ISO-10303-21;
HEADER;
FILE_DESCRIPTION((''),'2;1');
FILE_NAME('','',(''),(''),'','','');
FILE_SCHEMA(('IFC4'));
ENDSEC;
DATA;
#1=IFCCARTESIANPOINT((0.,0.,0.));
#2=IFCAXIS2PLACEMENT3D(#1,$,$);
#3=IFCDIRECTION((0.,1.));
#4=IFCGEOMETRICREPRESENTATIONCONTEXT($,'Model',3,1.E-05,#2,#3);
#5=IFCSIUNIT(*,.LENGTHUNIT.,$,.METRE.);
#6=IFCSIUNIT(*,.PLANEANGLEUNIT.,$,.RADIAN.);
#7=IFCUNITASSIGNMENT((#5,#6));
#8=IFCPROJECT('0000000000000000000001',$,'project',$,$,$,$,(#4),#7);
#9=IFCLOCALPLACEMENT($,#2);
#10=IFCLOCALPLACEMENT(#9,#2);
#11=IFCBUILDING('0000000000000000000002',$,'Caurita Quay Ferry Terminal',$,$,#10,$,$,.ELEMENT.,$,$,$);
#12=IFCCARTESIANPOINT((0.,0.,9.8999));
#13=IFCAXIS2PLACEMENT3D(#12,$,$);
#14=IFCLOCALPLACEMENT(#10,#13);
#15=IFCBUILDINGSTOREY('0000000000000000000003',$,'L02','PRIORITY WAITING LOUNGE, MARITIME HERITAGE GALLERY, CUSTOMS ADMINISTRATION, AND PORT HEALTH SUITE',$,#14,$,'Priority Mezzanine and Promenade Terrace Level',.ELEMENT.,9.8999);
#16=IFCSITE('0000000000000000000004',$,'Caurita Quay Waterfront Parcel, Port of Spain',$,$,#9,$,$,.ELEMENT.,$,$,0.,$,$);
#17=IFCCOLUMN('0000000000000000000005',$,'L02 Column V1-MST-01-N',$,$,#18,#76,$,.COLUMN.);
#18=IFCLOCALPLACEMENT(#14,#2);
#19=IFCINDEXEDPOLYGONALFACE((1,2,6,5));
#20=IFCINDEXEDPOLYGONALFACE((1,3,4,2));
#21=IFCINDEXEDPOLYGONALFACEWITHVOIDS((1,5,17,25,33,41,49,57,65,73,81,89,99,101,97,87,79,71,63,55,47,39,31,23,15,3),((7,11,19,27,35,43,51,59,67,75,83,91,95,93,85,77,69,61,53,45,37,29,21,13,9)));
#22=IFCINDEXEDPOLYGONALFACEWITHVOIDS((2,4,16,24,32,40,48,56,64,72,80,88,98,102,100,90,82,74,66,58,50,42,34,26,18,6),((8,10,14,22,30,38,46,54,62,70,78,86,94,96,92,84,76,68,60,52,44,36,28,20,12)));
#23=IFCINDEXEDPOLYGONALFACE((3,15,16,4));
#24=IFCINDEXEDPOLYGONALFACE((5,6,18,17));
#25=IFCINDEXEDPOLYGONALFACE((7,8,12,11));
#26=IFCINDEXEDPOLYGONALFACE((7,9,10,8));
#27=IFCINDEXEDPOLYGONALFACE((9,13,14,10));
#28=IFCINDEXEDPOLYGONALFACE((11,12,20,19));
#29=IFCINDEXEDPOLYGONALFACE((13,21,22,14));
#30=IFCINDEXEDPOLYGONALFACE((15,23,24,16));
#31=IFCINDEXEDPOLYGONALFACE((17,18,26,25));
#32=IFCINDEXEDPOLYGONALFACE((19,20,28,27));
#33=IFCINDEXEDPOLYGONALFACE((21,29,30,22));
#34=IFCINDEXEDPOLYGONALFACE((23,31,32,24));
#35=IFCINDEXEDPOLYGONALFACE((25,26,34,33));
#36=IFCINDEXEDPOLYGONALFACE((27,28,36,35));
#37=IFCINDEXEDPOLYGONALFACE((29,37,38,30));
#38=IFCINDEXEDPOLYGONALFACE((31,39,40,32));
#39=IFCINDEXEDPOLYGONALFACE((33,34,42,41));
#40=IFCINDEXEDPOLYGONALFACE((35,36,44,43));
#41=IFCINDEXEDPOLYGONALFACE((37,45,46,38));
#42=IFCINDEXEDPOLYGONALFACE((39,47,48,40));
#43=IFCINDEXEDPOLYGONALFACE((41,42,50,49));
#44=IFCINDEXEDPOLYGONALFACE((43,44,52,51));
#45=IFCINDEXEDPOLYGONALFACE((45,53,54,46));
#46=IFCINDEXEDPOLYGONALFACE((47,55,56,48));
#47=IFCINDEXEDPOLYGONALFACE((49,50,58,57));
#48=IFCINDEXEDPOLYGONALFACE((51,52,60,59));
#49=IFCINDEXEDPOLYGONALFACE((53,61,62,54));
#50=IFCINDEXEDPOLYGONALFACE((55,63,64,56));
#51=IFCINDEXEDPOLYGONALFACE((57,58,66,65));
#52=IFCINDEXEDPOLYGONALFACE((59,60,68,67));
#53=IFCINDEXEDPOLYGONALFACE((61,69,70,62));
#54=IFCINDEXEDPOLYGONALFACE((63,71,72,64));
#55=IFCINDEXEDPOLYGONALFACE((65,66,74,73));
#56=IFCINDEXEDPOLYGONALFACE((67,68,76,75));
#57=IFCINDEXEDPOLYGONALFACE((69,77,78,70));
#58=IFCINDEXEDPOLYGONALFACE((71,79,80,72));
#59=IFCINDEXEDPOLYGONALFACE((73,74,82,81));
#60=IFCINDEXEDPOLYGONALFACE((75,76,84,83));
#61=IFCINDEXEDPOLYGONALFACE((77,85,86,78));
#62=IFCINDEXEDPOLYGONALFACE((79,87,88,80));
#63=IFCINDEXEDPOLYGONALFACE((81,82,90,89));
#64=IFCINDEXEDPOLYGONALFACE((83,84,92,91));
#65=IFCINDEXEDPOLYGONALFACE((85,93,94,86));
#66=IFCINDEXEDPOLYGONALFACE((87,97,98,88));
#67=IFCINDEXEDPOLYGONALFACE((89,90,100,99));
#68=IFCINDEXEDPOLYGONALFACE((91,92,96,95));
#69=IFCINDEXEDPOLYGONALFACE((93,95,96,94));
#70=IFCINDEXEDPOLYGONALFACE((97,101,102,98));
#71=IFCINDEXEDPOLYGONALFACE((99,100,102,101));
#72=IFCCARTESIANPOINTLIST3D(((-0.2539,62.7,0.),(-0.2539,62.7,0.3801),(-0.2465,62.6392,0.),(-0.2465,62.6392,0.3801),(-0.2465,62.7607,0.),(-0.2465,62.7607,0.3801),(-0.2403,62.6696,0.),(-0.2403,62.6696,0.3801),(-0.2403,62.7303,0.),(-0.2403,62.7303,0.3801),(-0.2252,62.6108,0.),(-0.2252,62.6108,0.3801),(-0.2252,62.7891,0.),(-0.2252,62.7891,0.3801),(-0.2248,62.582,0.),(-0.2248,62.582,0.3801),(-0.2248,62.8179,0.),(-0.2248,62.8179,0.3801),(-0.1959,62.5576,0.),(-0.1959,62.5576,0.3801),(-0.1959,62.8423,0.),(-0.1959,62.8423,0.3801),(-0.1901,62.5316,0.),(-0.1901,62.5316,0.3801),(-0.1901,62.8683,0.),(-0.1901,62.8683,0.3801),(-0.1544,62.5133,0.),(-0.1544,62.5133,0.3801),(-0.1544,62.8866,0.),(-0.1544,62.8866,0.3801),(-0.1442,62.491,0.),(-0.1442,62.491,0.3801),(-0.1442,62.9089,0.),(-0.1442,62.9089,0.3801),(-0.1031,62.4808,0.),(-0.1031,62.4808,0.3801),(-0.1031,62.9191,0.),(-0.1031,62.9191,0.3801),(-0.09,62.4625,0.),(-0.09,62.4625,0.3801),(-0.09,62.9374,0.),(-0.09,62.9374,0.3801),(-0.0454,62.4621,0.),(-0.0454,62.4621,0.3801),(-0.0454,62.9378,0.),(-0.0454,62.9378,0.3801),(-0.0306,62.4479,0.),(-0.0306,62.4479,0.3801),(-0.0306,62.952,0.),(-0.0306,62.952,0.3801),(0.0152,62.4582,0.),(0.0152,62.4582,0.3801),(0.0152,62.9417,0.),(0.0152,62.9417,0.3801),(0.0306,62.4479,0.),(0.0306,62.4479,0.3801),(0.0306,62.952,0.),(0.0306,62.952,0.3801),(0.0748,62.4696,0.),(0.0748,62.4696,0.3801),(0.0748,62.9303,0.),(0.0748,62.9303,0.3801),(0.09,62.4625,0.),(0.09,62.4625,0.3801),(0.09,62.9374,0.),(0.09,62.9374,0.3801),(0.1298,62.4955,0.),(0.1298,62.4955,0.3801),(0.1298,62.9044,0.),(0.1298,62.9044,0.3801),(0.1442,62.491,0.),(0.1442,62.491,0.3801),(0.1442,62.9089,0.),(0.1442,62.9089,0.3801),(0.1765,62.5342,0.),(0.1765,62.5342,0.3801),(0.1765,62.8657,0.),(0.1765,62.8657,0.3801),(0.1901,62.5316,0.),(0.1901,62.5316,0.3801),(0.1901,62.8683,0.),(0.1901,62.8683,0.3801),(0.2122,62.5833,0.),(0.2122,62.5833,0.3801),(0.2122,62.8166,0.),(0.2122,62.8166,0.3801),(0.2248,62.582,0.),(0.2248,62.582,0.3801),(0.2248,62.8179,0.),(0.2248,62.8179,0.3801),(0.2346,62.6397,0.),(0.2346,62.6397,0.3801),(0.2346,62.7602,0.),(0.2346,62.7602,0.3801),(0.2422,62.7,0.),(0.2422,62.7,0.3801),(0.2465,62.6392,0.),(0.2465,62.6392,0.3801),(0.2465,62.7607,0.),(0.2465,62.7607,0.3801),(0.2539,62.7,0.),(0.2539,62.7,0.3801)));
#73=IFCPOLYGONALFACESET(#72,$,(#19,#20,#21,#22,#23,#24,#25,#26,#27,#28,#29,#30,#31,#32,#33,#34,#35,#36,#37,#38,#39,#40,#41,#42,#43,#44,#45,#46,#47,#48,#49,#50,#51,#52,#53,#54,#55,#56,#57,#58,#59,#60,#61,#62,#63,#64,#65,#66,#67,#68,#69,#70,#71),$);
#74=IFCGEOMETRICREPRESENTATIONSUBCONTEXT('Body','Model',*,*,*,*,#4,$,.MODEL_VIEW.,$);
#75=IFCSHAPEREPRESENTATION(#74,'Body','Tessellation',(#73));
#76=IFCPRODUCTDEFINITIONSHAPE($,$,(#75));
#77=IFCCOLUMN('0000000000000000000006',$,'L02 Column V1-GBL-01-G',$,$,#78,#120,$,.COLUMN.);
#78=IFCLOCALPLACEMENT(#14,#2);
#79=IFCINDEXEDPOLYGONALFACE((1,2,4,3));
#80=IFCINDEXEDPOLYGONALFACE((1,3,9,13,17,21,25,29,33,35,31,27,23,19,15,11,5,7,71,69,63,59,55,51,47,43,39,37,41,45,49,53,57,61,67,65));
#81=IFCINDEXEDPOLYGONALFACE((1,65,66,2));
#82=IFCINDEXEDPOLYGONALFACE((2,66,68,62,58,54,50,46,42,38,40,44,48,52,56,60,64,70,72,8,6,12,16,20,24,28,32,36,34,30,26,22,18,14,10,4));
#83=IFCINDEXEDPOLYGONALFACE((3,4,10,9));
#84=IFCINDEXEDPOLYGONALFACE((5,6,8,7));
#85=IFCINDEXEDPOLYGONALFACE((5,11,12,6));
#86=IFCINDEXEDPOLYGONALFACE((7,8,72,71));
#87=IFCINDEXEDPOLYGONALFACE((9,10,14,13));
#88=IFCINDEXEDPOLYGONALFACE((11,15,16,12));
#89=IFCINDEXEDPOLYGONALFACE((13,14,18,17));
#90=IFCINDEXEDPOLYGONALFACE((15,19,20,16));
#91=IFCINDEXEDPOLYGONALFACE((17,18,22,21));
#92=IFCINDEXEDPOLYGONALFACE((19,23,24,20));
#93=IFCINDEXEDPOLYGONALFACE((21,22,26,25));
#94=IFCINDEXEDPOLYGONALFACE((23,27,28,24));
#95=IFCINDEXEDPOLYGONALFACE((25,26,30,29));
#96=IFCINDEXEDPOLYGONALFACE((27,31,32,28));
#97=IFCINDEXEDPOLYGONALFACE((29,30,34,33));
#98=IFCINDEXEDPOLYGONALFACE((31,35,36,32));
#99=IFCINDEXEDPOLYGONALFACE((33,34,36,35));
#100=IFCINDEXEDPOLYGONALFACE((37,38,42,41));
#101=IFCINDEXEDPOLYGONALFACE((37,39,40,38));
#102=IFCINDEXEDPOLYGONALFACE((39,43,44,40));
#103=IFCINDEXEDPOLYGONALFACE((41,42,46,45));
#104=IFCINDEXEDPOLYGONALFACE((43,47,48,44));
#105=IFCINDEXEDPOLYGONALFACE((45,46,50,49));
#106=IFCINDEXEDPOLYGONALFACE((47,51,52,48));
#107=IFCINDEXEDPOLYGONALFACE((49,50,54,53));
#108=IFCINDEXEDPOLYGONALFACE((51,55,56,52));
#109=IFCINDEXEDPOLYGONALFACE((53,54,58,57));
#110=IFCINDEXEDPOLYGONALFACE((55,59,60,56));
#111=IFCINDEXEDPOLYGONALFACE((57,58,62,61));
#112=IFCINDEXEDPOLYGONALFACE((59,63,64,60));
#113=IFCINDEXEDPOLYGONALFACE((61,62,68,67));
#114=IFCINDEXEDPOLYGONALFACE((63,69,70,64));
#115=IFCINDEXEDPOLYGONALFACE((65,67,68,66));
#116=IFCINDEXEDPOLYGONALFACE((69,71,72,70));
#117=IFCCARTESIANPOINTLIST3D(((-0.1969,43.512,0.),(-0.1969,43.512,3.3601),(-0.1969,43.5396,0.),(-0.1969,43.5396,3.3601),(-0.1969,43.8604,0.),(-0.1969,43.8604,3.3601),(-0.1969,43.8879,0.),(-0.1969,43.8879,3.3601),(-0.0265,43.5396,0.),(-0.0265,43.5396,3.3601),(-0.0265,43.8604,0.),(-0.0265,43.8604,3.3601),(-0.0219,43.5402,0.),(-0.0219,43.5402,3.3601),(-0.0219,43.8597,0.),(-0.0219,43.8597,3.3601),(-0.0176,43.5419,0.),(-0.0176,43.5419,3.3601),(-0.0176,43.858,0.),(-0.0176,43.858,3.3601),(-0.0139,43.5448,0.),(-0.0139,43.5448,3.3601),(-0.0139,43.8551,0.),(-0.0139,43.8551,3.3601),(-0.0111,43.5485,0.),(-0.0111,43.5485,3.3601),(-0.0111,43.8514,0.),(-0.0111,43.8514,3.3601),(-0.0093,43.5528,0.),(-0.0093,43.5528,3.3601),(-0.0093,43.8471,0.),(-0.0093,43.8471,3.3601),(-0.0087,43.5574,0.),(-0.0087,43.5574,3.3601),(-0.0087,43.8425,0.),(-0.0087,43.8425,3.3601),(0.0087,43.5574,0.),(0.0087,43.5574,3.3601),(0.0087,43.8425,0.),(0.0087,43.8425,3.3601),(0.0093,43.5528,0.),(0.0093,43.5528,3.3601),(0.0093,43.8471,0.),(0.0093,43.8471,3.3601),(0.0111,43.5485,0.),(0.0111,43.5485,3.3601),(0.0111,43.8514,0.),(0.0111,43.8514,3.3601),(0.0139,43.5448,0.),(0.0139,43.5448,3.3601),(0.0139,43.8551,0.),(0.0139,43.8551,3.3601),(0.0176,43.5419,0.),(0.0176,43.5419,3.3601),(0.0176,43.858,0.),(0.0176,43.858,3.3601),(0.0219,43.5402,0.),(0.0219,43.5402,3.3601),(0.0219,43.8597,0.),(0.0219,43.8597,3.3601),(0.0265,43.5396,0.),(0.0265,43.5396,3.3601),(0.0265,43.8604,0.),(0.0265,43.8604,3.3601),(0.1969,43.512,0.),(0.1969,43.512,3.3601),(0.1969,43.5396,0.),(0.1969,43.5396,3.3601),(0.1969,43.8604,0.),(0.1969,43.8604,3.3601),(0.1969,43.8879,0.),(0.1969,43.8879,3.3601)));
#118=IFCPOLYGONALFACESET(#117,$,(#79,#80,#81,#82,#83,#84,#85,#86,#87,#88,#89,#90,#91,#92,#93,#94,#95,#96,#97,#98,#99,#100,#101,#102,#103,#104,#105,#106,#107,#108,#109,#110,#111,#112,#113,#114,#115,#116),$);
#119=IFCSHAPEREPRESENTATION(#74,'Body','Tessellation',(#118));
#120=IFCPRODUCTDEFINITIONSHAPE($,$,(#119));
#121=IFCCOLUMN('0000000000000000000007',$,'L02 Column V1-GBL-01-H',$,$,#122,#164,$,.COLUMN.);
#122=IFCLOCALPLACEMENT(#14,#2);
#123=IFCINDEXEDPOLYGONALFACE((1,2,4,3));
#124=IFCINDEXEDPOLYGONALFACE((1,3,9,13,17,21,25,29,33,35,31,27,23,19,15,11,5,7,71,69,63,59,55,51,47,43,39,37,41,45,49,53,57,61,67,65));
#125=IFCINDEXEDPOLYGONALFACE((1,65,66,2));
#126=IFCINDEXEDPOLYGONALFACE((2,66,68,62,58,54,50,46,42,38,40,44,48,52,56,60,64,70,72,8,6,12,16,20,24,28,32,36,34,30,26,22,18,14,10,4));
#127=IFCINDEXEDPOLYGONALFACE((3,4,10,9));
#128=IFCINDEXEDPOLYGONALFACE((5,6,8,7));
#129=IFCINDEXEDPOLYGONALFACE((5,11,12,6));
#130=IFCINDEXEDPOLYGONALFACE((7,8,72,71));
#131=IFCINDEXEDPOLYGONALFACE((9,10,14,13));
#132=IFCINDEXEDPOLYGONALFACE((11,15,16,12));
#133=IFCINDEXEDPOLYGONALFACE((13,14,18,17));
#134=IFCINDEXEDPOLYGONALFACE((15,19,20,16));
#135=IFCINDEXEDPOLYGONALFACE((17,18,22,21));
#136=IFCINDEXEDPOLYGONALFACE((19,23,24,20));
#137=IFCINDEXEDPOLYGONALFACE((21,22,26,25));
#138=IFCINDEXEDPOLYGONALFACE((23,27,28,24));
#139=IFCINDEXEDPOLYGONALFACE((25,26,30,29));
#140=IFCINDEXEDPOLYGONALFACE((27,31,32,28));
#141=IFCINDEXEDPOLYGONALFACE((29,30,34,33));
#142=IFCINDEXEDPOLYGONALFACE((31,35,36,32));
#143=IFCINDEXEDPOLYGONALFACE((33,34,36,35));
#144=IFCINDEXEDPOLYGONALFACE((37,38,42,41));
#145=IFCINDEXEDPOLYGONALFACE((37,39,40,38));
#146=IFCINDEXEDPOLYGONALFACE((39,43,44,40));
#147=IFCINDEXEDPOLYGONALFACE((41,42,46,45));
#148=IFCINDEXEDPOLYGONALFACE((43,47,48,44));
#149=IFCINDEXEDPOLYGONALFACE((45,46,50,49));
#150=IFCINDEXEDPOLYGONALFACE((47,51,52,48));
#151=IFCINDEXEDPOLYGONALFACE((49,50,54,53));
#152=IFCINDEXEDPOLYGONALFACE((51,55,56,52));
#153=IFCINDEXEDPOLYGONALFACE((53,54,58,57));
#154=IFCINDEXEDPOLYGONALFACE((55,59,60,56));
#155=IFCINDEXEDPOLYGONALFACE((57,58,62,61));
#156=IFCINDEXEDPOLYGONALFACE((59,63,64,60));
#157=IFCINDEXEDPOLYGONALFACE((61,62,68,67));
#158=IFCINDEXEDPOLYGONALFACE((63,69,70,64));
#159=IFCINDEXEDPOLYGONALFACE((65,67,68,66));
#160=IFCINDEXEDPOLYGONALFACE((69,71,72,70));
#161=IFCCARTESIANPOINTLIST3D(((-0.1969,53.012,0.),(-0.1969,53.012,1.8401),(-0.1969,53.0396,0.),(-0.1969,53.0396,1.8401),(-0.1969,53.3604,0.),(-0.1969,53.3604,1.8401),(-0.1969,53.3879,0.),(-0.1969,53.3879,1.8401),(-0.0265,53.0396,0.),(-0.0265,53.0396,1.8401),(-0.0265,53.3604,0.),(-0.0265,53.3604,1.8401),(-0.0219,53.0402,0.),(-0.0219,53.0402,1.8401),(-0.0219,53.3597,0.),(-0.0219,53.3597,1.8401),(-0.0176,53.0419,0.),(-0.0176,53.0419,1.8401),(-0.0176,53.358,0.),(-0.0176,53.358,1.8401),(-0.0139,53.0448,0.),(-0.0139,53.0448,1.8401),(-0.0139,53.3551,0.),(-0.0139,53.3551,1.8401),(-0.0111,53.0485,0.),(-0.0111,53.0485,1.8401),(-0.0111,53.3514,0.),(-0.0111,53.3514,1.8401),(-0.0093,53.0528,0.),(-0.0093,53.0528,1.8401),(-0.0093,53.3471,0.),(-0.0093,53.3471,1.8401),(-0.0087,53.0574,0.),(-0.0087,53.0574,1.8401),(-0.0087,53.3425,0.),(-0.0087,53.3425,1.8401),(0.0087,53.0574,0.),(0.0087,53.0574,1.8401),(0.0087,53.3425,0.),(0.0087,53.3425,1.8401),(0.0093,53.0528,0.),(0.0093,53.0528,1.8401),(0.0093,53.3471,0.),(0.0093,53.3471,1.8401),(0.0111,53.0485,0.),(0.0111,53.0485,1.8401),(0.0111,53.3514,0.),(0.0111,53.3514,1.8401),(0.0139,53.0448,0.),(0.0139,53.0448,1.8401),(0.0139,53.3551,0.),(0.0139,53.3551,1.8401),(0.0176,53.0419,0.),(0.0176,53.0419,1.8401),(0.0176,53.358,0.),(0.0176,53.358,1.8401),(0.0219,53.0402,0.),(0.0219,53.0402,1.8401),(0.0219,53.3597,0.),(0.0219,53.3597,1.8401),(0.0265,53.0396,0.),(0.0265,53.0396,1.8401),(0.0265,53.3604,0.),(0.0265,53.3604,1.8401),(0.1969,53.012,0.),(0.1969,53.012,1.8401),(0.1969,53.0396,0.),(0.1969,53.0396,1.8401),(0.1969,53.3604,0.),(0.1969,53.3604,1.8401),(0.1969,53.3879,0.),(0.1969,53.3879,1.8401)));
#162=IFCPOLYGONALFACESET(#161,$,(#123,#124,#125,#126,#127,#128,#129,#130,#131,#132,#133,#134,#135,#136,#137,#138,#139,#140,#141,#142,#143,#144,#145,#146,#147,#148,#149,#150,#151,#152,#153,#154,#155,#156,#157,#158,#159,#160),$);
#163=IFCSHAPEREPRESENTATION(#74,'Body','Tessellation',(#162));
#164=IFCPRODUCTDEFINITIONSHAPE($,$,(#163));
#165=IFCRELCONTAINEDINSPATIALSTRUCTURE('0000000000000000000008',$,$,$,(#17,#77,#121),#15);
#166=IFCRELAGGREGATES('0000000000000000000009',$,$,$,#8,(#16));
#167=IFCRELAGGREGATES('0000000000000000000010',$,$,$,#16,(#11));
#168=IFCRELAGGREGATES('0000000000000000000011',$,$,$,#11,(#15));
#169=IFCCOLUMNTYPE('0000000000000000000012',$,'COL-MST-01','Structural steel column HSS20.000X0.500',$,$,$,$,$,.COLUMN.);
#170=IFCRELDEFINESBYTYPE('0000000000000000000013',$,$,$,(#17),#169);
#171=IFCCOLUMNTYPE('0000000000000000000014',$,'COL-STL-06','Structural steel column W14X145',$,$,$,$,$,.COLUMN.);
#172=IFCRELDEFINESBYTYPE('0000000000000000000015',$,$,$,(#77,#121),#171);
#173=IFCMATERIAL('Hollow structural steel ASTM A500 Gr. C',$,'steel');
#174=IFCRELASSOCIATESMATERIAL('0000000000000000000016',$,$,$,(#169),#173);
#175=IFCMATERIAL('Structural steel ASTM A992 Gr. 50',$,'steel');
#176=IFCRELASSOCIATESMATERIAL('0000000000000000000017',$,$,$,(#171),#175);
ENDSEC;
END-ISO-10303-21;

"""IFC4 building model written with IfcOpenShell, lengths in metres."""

from ifc_helpers import new_model, si_unit, direction, frame, origin, origin_2d, place, context, subcontext, project, spatial, hollow_circle, i_section, extrude, material, material_profile, profile_set, type_object, element, save


model = new_model("IFC4")

# Units and contexts
model_context = context("Model", 3, precision=1e-05, world=origin(), true_north=direction((0.0, 1.0)))
body_context = subcontext(model_context, "Body", "Model", "MODEL_VIEW")
ifc_project = project(units=[si_unit("LENGTHUNIT", "METRE"), si_unit("PLANEANGLEUNIT", "RADIAN")], contexts=[model_context])

# Site, building, storey
site_placement = place(None, origin())
site = spatial("IfcSite", under=ifc_project, at=site_placement, Name="Caurita Quay Waterfront Parcel, Port of Spain", CompositionType="ELEMENT", RefElevation=0.0)
building_placement = place(site_placement, origin())
building = spatial("IfcBuilding", under=site, at=building_placement, Name="Caurita Quay Ferry Terminal", CompositionType="ELEMENT")
storey_placement = place(building_placement, frame((0.0, 0.0, 9.8999)))
storey = spatial("IfcBuildingStorey", under=building, at=storey_placement, Name="L02", Description="PRIORITY WAITING LOUNGE, MARITIME HERITAGE GALLERY, CUSTOMS ADMINISTRATION, AND PORT HEALTH SUITE", LongName="Priority Mezzanine and Promenade Terrace Level", CompositionType="ELEMENT", Elevation=9.8999)

# Columns
ifc_material_1 = material(Name="Hollow structural steel ASTM A500 Gr. C", Category="steel")
ifc_material_profile_1 = material_profile(ifc_material_1, hollow_circle(Radius=0.2539, WallThickness=0.0117, at=origin_2d()), Name="HSS20.000X0.500")
ifc_profile_set_1 = profile_set([ifc_material_profile_1], Name="Hollow structural steel ASTM A500 Gr. C")
column_type_1 = type_object("IfcColumnType", Name="COL-MST-01", Description="Structural steel column HSS20.000X0.500", PredefinedType="COLUMN", material=ifc_profile_set_1)
column_1_placement = place(storey_placement, frame((0.0, 62.7, 0.0), z_axis=(0.0, 0.0, 1.0), x_axis=(1.0, 0.0, 0.0)))
element("IfcColumn", 1, at=column_1_placement, inside=storey, type_object=column_type_1, Name="L02 Column V1-MST-01-N", PredefinedType="COLUMN", context=body_context, shape_type="SweptSolid", body=[
    extrude(hollow_circle(Radius=0.2539, WallThickness=0.0117, at=origin_2d()), origin(), (0.0, 0.0, 1.0), 0.3801),
])
ifc_material_2 = material(Name="Structural steel ASTM A992 Gr. 50", Category="steel")
ifc_material_profile_2 = material_profile(ifc_material_2, i_section(OverallWidth=0.3938, OverallDepth=0.376, WebThickness=0.0173, FlangeThickness=0.0276, FilletRadius=0.0178, at=origin_2d()), Name="W14X145")
ifc_profile_set_2 = profile_set([ifc_material_profile_2], Name="Structural steel ASTM A992 Gr. 50")
column_type_2 = type_object("IfcColumnType", Name="COL-STL-06", Description="Structural steel column W14X145", PredefinedType="COLUMN", material=ifc_profile_set_2)
column_2_placement = place(storey_placement, frame((0.0, 43.7, 0.0), z_axis=(0.0, 0.0, 1.0), x_axis=(1.0, 0.0, 0.0)))
element("IfcColumn", 2, at=column_2_placement, inside=storey, type_object=column_type_2, Name="L02 Column V1-GBL-01-G", PredefinedType="COLUMN", context=body_context, shape_type="SweptSolid", body=[
    extrude(i_section(OverallWidth=0.3938, OverallDepth=0.376, WebThickness=0.0173, FlangeThickness=0.0276, FilletRadius=0.0178, at=origin_2d()), origin(), (0.0, 0.0, 1.0), 3.3601),
])
column_3_placement = place(storey_placement, frame((0.0, 53.2, 0.0), z_axis=(0.0, 0.0, 1.0), x_axis=(1.0, 0.0, 0.0)))
element("IfcColumn", 3, at=column_3_placement, inside=storey, type_object=column_type_2, Name="L02 Column V1-GBL-01-H", PredefinedType="COLUMN", context=body_context, shape_type="SweptSolid", body=[
    extrude(i_section(OverallWidth=0.3938, OverallDepth=0.376, WebThickness=0.0173, FlangeThickness=0.0276, FilletRadius=0.0178, at=origin_2d()), origin(), (0.0, 0.0, 1.0), 1.8401),
])

save(model, "model.ifc")
